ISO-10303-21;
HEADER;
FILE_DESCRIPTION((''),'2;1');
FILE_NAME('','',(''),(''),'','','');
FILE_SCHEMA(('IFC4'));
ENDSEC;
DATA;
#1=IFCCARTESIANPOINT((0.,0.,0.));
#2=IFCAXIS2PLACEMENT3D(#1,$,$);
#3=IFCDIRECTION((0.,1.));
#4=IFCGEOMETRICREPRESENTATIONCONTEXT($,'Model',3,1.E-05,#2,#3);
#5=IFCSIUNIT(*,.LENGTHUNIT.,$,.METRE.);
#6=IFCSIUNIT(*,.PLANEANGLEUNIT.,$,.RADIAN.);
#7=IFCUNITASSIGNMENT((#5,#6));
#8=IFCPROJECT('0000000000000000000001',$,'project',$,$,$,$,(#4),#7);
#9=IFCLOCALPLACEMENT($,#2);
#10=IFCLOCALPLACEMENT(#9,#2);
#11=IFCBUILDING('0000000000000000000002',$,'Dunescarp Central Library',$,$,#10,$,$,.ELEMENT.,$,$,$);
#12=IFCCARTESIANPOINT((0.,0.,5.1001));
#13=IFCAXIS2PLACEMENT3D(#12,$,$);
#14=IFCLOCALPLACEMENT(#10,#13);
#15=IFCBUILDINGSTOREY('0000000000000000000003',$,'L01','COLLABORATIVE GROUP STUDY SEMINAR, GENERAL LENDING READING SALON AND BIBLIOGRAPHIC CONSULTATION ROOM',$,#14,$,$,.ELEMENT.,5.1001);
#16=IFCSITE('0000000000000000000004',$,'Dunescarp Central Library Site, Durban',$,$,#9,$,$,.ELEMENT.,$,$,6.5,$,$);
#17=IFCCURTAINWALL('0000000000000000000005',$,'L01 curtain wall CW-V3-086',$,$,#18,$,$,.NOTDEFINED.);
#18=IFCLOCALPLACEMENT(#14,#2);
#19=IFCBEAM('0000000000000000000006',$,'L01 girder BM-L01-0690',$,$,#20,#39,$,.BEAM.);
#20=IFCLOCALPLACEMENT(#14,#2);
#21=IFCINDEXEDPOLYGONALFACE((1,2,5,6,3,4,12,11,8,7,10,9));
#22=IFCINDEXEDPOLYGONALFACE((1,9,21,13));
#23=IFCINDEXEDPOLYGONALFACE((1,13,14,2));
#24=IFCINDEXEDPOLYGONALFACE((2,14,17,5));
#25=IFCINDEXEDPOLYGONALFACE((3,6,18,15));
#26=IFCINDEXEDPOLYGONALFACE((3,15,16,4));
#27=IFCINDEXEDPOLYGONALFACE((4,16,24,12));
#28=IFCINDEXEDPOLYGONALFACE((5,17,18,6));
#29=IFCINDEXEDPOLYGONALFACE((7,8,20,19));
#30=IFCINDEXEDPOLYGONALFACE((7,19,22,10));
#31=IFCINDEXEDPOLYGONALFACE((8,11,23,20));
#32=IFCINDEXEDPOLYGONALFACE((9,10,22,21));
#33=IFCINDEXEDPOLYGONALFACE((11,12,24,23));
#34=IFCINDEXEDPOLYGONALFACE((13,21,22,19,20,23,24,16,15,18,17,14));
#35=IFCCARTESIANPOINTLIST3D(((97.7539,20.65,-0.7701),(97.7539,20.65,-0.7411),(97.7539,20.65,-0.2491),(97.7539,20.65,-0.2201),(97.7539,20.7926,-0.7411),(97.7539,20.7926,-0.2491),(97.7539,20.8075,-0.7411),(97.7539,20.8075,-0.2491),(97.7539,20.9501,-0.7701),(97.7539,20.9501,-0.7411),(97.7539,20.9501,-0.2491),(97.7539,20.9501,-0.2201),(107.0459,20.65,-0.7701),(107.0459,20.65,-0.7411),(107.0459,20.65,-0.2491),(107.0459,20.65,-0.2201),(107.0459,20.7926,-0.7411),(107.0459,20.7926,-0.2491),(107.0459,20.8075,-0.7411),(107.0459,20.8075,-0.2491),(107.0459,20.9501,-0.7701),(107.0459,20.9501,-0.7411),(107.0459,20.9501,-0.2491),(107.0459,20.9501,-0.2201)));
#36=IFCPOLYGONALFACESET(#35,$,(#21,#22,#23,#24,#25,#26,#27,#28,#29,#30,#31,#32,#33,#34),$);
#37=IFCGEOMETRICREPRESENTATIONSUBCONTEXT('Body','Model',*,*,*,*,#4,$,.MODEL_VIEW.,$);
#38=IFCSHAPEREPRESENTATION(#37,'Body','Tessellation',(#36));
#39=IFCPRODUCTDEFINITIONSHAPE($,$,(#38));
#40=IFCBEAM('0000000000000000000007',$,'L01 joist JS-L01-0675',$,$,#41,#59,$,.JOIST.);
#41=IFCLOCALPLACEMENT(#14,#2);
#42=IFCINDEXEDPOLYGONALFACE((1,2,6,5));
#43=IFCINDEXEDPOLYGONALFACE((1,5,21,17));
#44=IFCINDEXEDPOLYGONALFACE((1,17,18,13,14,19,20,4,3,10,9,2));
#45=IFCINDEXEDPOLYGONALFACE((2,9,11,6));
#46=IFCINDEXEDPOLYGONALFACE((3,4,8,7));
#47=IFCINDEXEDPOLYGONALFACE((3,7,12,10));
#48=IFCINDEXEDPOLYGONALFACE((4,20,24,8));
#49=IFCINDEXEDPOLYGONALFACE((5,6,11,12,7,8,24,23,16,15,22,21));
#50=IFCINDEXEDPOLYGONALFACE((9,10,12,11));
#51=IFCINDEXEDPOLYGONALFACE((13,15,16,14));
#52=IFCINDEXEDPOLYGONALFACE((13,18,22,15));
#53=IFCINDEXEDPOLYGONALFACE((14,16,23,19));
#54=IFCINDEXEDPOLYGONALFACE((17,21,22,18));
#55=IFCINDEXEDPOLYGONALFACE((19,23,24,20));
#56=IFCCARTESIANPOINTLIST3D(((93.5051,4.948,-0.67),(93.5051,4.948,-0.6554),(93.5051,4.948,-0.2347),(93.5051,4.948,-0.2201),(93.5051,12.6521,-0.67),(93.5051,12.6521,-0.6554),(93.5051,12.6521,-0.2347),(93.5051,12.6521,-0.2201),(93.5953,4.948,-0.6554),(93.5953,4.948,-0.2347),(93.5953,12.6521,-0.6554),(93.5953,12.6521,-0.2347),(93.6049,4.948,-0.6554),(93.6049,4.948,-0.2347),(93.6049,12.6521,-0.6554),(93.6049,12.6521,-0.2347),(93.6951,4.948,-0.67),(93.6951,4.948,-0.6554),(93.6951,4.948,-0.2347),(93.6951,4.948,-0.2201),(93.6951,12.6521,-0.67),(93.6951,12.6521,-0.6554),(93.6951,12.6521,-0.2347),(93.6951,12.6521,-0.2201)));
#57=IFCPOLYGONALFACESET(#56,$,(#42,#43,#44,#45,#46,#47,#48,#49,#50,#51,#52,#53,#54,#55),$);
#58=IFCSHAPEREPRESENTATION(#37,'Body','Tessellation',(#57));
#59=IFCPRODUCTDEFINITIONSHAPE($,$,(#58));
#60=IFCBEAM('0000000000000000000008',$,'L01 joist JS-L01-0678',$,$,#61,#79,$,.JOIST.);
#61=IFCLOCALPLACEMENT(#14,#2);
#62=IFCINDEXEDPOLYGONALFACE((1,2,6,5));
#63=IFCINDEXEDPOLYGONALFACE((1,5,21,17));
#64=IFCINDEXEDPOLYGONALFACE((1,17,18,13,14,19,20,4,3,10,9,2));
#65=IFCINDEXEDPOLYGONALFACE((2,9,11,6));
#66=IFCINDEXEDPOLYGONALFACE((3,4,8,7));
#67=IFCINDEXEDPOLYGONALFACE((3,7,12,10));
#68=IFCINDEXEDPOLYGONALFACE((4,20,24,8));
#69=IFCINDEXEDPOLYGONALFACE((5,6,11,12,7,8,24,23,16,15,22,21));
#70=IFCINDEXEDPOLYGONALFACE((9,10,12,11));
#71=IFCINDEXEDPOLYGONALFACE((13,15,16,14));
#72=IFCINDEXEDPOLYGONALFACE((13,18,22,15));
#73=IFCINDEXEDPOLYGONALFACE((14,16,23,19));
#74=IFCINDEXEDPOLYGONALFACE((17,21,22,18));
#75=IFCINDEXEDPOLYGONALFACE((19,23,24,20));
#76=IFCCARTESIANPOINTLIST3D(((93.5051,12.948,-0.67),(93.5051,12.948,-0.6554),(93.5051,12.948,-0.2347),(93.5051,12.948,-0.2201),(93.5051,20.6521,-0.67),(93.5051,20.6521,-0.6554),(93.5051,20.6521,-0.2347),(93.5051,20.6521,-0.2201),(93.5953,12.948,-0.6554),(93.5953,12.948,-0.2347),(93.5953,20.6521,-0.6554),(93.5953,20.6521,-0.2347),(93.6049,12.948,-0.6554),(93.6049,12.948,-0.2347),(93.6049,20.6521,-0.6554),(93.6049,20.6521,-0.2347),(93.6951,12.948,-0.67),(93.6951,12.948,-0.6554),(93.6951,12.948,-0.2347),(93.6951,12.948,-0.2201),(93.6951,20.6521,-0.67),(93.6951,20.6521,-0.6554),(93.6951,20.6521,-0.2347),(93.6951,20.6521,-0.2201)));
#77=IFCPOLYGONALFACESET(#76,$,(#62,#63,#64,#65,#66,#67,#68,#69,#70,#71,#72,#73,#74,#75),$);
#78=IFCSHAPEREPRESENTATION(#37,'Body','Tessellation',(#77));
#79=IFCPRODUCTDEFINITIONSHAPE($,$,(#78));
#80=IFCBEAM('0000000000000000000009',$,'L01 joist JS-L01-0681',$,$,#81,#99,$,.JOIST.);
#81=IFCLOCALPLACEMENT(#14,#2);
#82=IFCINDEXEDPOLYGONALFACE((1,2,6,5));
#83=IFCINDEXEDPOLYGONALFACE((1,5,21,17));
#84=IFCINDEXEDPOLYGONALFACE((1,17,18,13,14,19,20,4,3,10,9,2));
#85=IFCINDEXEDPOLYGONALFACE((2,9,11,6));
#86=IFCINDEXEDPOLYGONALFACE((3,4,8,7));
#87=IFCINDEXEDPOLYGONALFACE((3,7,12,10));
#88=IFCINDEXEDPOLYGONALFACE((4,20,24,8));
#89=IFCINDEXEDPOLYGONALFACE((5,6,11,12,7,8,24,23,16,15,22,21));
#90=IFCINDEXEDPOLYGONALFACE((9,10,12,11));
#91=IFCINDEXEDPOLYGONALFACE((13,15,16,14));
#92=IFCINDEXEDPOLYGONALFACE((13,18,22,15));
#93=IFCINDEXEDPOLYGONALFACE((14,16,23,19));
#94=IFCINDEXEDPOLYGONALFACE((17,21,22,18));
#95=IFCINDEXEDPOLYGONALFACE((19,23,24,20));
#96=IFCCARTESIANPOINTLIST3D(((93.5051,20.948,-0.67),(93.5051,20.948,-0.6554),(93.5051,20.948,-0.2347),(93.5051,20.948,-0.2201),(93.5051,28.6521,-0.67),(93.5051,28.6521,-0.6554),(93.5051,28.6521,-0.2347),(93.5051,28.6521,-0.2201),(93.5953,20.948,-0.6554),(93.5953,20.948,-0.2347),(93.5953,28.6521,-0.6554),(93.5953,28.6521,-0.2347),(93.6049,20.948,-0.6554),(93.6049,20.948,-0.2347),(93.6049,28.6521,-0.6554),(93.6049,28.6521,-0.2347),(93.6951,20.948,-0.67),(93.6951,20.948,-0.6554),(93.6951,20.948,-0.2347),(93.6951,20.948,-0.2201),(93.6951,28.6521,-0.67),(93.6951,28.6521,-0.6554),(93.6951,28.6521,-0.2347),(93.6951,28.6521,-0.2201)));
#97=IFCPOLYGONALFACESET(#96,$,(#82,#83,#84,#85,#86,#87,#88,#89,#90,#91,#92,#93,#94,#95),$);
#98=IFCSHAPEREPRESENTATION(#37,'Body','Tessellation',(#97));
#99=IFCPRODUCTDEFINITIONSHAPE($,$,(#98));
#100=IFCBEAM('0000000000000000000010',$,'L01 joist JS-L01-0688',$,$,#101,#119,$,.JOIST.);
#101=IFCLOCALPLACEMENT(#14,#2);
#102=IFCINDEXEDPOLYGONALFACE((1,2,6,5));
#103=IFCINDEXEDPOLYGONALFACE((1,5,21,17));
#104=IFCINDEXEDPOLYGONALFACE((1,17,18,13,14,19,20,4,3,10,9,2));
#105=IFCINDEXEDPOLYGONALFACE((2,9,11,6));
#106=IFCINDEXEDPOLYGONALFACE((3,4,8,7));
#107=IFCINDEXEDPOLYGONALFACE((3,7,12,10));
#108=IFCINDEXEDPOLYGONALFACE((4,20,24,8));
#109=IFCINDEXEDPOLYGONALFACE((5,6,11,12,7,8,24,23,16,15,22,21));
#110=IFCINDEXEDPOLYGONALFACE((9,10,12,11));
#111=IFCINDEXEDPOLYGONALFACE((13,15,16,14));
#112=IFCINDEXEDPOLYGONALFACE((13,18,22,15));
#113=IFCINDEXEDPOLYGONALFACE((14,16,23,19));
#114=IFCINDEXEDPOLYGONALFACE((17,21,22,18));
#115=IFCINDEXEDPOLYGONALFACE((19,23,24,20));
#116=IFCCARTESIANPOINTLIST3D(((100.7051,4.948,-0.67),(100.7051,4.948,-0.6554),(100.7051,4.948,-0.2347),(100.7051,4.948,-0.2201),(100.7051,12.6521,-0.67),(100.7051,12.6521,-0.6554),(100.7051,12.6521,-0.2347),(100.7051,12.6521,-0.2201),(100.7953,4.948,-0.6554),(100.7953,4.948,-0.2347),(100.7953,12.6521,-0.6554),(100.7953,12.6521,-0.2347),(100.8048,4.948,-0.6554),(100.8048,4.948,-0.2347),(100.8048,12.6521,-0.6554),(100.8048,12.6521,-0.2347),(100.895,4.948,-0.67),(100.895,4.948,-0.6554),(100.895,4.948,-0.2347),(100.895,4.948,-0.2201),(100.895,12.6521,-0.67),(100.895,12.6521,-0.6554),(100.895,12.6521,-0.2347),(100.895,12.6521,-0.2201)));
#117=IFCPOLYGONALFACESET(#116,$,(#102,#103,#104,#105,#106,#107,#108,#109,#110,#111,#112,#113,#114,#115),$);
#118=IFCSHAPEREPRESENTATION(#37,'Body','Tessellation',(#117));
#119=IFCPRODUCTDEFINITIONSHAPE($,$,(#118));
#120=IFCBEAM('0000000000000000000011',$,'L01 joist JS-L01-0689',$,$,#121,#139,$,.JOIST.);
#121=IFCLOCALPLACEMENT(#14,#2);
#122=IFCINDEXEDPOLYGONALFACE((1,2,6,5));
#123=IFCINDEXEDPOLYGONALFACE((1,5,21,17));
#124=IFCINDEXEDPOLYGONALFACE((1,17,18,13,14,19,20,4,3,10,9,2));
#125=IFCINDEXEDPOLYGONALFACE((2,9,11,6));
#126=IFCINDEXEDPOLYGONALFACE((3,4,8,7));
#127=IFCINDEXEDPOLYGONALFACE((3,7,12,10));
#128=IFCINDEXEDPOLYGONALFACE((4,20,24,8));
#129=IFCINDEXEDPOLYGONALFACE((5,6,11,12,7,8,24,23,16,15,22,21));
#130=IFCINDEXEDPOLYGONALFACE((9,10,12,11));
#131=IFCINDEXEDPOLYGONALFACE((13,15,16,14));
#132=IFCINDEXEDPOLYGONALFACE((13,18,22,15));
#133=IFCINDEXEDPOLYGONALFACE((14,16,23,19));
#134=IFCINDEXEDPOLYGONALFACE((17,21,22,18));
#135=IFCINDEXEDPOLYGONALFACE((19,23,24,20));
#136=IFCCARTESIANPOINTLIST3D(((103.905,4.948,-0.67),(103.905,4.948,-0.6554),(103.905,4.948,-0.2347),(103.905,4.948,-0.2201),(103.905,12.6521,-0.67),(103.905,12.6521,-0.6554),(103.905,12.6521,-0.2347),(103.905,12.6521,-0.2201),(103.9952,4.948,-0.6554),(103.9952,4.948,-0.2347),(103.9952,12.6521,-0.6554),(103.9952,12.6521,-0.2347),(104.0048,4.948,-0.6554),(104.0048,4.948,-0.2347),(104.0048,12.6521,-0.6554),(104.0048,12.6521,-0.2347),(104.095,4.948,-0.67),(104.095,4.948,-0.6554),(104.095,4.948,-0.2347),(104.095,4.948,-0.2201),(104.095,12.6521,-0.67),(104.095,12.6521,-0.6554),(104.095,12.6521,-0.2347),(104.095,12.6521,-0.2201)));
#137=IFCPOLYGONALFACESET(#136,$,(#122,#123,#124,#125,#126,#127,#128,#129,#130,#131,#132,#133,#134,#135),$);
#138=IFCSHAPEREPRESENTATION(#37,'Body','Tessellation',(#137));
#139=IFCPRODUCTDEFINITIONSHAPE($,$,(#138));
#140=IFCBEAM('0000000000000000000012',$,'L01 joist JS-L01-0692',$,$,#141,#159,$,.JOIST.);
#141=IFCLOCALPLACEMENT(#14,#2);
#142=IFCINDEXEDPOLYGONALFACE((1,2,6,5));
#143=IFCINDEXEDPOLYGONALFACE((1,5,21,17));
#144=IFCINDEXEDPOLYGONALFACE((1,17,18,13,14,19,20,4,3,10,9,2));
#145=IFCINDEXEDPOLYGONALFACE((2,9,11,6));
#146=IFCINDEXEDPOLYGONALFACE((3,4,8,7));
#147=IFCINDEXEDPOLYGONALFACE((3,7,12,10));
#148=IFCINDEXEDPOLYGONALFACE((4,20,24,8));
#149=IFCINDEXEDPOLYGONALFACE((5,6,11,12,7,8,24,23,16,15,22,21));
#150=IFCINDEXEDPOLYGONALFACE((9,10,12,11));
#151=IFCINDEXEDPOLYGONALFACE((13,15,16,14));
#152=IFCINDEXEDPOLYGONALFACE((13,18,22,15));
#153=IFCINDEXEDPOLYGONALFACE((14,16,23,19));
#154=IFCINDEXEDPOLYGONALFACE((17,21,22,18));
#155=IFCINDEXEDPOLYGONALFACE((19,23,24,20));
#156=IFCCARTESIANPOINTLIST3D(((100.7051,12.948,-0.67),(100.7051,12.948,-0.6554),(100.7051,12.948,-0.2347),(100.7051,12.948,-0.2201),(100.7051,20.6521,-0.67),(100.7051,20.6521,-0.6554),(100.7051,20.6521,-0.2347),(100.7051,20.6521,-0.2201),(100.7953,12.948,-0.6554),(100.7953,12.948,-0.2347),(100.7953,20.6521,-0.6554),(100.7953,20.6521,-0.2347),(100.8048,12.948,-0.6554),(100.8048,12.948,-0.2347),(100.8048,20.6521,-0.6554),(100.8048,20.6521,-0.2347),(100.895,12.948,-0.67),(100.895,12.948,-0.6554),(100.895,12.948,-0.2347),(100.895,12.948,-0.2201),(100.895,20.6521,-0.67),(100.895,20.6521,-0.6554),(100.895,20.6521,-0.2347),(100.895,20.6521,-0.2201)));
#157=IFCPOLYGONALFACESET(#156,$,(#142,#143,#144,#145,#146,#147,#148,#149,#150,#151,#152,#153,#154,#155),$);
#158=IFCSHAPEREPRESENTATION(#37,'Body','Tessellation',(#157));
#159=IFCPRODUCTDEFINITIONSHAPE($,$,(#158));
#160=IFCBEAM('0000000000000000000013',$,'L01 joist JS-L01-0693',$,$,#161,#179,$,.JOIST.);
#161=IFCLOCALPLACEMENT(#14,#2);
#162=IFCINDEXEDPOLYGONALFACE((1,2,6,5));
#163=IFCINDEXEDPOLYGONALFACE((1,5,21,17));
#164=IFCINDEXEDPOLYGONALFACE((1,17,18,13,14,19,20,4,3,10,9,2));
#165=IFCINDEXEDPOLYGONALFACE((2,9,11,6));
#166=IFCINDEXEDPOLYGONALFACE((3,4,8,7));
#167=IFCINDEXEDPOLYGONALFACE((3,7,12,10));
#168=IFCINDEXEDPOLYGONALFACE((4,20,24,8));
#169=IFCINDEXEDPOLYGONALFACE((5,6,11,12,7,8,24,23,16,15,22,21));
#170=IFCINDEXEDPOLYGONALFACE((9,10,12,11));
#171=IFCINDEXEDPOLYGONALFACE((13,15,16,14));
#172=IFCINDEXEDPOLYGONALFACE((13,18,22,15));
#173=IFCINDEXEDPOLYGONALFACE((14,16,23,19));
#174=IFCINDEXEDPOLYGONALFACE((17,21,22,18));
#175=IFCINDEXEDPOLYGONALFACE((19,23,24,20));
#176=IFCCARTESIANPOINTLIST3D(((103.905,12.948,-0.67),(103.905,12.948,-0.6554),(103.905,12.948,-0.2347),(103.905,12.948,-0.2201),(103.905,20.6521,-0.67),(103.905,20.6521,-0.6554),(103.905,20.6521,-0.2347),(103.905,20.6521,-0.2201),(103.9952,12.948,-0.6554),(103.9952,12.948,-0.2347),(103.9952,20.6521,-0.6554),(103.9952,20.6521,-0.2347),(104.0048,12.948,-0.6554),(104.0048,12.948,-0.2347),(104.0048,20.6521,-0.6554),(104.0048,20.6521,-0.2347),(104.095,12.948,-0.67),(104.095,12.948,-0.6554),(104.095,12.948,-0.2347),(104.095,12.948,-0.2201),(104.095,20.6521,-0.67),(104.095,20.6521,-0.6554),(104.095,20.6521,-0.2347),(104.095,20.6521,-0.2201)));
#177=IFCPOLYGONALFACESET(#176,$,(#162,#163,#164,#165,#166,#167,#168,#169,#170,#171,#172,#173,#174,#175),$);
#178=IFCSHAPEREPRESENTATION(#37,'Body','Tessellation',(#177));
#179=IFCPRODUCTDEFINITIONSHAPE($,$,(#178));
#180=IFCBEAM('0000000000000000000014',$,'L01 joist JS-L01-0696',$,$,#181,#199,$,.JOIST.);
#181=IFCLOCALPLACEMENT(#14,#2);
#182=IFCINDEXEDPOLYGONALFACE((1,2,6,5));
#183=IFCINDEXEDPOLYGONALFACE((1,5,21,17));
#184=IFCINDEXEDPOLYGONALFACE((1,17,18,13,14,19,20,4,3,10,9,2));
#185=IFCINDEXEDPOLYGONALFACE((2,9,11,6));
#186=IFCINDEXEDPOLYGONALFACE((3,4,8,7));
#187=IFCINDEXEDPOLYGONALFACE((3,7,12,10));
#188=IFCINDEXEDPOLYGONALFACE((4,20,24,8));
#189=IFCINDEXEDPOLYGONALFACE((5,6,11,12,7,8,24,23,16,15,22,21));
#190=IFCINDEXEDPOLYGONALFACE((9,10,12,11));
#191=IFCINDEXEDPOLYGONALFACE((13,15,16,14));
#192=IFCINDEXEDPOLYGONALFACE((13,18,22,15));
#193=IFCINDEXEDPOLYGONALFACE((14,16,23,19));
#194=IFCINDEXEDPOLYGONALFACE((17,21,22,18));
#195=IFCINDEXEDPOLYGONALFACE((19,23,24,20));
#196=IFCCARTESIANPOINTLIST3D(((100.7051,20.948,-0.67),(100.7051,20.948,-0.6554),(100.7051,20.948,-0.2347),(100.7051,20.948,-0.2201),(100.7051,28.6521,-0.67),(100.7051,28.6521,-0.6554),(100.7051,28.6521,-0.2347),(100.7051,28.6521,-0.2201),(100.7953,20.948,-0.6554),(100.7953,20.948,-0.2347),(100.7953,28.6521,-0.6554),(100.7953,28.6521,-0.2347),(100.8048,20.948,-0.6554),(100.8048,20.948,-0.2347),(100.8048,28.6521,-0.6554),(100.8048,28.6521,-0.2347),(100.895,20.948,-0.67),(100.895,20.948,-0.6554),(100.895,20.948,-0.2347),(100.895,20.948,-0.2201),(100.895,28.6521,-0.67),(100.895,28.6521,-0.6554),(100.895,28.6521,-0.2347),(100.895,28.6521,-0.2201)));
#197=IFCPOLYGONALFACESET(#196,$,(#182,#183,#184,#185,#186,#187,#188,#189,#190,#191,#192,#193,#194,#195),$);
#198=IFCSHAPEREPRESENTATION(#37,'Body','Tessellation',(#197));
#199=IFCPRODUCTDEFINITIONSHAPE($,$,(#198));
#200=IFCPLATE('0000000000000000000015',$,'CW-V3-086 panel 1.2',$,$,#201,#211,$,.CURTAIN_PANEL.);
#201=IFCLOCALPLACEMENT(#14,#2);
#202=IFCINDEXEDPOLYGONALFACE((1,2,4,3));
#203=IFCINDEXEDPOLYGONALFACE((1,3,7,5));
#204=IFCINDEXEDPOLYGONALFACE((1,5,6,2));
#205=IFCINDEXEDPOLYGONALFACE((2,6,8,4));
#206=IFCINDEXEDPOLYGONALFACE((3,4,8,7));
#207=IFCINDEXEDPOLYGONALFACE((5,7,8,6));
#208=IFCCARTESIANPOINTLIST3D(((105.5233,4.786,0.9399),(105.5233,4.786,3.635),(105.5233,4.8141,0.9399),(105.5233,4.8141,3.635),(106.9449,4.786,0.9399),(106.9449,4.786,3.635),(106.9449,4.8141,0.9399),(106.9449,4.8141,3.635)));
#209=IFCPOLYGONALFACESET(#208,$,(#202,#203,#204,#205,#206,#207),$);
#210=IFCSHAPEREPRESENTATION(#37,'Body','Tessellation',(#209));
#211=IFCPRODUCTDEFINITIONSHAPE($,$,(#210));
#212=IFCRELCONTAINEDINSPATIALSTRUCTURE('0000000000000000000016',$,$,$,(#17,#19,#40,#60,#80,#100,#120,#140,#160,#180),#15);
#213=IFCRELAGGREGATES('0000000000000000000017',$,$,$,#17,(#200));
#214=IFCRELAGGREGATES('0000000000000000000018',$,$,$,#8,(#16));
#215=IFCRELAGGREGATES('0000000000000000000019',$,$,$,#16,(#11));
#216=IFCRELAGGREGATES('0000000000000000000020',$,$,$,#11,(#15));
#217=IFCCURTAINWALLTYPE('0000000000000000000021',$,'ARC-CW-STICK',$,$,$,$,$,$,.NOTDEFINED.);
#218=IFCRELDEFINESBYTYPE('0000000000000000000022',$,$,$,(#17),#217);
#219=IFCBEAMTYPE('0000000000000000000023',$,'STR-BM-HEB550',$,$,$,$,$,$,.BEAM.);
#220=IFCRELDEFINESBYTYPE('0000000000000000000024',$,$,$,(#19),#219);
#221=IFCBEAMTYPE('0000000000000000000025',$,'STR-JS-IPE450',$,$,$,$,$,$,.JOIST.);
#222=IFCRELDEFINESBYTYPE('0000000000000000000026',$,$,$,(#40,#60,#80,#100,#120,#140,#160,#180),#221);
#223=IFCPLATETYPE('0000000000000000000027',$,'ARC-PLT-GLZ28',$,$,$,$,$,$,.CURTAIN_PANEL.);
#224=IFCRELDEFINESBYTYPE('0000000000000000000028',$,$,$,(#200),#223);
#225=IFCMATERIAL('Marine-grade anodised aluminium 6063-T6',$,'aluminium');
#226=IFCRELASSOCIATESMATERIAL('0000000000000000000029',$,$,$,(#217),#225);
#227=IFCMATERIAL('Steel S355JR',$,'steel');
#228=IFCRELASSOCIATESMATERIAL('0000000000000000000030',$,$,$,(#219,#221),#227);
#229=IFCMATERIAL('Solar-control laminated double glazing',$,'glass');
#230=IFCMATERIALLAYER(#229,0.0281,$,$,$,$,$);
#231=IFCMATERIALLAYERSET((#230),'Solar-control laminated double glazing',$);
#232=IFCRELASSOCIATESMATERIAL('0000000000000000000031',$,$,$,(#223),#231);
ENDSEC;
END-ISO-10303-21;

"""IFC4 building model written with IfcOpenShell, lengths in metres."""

from ifc_helpers import new_model, si_unit, direction, frame, origin, origin_2d, place, context, subcontext, project, spatial, rectangle, i_section, extrude, material, layer, layer_set, material_profile, profile_set, type_object, element, aggregate, save


model = new_model("IFC4")

# Units and contexts
model_context = context("Model", 3, precision=1e-05, world=origin(), true_north=direction((0.0, 1.0)))
body_context = subcontext(model_context, "Body", "Model", "MODEL_VIEW")
ifc_project = project(units=[si_unit("LENGTHUNIT", "METRE"), si_unit("PLANEANGLEUNIT", "RADIAN")], contexts=[model_context])

# Site, building, storey
site_placement = place(None, origin())
site = spatial("IfcSite", under=ifc_project, at=site_placement, Name="Dunescarp Central Library Site, Durban", CompositionType="ELEMENT", RefElevation=6.5)
building_placement = place(site_placement, origin())
building = spatial("IfcBuilding", under=site, at=building_placement, Name="Dunescarp Central Library", CompositionType="ELEMENT")
storey_placement = place(building_placement, frame((0.0, 0.0, 5.1001)))
storey = spatial("IfcBuildingStorey", under=building, at=storey_placement, Name="L01", Description="COLLABORATIVE GROUP STUDY SEMINAR, GENERAL LENDING READING SALON AND BIBLIOGRAPHIC CONSULTATION ROOM", CompositionType="ELEMENT", Elevation=5.1001)

# Shared definitions
ifc_material_1 = material(Name="Steel S355JR", Category="steel")

# Curtain wall
ifc_material_2 = material(Name="Marine-grade anodised aluminium 6063-T6", Category="aluminium")
curtain_wall_type = type_object("IfcCurtainWallType", Name="ARC-CW-STICK", PredefinedType="NOTDEFINED", material=ifc_material_2)
curtain_wall_placement = place(storey_placement, origin())
curtain_wall = element("IfcCurtainWall", 1, at=curtain_wall_placement, inside=storey, type_object=curtain_wall_type, Name="L01 curtain wall CW-V3-086", PredefinedType="NOTDEFINED")

# Beams
ifc_material_profile_1 = material_profile(ifc_material_1, i_section(OverallWidth=0.3, OverallDepth=0.55, WebThickness=0.0149, FlangeThickness=0.0291, at=origin_2d()), Name="HEB 550")
ifc_profile_set_1 = profile_set([ifc_material_profile_1], Name="Steel S355JR")
beam_type_1 = type_object("IfcBeamType", Name="STR-BM-HEB550", PredefinedType="BEAM", material=ifc_profile_set_1)
for number, where, z_axis, x_axis, name in (
    (2, (97.7539, 20.8, -0.4951), (1.0, 0.0, 0.0), (0.0, 1.0, 0.0), "L01 girder BM-L01-0690"),
):
    element("IfcBeam", number, at=place(storey_placement, frame(where, z_axis=z_axis, x_axis=x_axis)), inside=storey, type_object=beam_type_1, Name=name, PredefinedType="BEAM", context=body_context, shape_type="SweptSolid", body=[
        extrude(i_section(OverallWidth=0.3, OverallDepth=0.55, WebThickness=0.0149, FlangeThickness=0.0291, at=origin_2d()), origin(), (0.0, 0.0, 1.0), 9.292),
    ])
ifc_material_profile_2 = material_profile(ifc_material_1, i_section(OverallWidth=0.1899, OverallDepth=0.45, WebThickness=0.0095, FlangeThickness=0.0146, at=origin_2d()), Name="IPE 450")
ifc_profile_set_2 = profile_set([ifc_material_profile_2], Name="Steel S355JR")
beam_type_2 = type_object("IfcBeamType", Name="STR-JS-IPE450", PredefinedType="JOIST", material=ifc_profile_set_2)
for number, where, z_axis, x_axis, name in (
    (3, (93.6001, 4.948, -0.4451), (0.0, 1.0, 0.0), (-1.0, 0.0, 0.0), "L01 joist JS-L01-0675"),
    (4, (93.6001, 12.948, -0.4451), (0.0, 1.0, 0.0), (-1.0, 0.0, 0.0), "L01 joist JS-L01-0678"),
    (5, (93.6001, 20.948, -0.4451), (0.0, 1.0, 0.0), (-1.0, 0.0, 0.0), "L01 joist JS-L01-0681"),
    (6, (100.8, 4.948, -0.4451), (0.0, 1.0, 0.0), (-1.0, 0.0, 0.0), "L01 joist JS-L01-0688"),
    (7, (104.0, 4.948, -0.4451), (0.0, 1.0, 0.0), (-1.0, 0.0, 0.0), "L01 joist JS-L01-0689"),
    (8, (100.8, 12.948, -0.4451), (0.0, 1.0, 0.0), (-1.0, 0.0, 0.0), "L01 joist JS-L01-0692"),
    (9, (104.0, 12.948, -0.4451), (0.0, 1.0, 0.0), (-1.0, 0.0, 0.0), "L01 joist JS-L01-0693"),
    (10, (100.8, 20.948, -0.4451), (0.0, 1.0, 0.0), (-1.0, 0.0, 0.0), "L01 joist JS-L01-0696"),
):
    element("IfcBeam", number, at=place(storey_placement, frame(where, z_axis=z_axis, x_axis=x_axis)), inside=storey, type_object=beam_type_2, Name=name, PredefinedType="JOIST", context=body_context, shape_type="SweptSolid", body=[
        extrude(i_section(OverallWidth=0.1899, OverallDepth=0.45, WebThickness=0.0095, FlangeThickness=0.0146, at=origin_2d()), origin(), (0.0, 0.0, 1.0), 7.7041),
    ])

# Plate
ifc_material_3 = material(Name="Solar-control laminated double glazing", Category="glass")
ifc_layer_1 = layer(ifc_material_3, 0.0281)
ifc_layer_set_1 = layer_set([ifc_layer_1], Name="Solar-control laminated double glazing")
plate_type_1 = type_object("IfcPlateType", Name="ARC-PLT-GLZ28", PredefinedType="CURTAIN_PANEL", material=ifc_layer_set_1)
plate_1_placement = place(storey_placement, frame((106.2341, 4.8, 0.9399), z_axis=(0.0, 0.0, 1.0), x_axis=(-1.0, 0.0, 0.0)))
plate_1 = element("IfcPlate", 11, at=plate_1_placement, type_object=plate_type_1, Name="CW-V3-086 panel 1.2", PredefinedType="CURTAIN_PANEL", context=body_context, shape_type="SweptSolid", body=[
    extrude(rectangle(XDim=1.4216, YDim=0.0281, at=origin_2d()), origin(), (0.0, 0.0, 1.0), 2.6951),
])
aggregate(curtain_wall, [plate_1])

save(model, "model.ifc")
